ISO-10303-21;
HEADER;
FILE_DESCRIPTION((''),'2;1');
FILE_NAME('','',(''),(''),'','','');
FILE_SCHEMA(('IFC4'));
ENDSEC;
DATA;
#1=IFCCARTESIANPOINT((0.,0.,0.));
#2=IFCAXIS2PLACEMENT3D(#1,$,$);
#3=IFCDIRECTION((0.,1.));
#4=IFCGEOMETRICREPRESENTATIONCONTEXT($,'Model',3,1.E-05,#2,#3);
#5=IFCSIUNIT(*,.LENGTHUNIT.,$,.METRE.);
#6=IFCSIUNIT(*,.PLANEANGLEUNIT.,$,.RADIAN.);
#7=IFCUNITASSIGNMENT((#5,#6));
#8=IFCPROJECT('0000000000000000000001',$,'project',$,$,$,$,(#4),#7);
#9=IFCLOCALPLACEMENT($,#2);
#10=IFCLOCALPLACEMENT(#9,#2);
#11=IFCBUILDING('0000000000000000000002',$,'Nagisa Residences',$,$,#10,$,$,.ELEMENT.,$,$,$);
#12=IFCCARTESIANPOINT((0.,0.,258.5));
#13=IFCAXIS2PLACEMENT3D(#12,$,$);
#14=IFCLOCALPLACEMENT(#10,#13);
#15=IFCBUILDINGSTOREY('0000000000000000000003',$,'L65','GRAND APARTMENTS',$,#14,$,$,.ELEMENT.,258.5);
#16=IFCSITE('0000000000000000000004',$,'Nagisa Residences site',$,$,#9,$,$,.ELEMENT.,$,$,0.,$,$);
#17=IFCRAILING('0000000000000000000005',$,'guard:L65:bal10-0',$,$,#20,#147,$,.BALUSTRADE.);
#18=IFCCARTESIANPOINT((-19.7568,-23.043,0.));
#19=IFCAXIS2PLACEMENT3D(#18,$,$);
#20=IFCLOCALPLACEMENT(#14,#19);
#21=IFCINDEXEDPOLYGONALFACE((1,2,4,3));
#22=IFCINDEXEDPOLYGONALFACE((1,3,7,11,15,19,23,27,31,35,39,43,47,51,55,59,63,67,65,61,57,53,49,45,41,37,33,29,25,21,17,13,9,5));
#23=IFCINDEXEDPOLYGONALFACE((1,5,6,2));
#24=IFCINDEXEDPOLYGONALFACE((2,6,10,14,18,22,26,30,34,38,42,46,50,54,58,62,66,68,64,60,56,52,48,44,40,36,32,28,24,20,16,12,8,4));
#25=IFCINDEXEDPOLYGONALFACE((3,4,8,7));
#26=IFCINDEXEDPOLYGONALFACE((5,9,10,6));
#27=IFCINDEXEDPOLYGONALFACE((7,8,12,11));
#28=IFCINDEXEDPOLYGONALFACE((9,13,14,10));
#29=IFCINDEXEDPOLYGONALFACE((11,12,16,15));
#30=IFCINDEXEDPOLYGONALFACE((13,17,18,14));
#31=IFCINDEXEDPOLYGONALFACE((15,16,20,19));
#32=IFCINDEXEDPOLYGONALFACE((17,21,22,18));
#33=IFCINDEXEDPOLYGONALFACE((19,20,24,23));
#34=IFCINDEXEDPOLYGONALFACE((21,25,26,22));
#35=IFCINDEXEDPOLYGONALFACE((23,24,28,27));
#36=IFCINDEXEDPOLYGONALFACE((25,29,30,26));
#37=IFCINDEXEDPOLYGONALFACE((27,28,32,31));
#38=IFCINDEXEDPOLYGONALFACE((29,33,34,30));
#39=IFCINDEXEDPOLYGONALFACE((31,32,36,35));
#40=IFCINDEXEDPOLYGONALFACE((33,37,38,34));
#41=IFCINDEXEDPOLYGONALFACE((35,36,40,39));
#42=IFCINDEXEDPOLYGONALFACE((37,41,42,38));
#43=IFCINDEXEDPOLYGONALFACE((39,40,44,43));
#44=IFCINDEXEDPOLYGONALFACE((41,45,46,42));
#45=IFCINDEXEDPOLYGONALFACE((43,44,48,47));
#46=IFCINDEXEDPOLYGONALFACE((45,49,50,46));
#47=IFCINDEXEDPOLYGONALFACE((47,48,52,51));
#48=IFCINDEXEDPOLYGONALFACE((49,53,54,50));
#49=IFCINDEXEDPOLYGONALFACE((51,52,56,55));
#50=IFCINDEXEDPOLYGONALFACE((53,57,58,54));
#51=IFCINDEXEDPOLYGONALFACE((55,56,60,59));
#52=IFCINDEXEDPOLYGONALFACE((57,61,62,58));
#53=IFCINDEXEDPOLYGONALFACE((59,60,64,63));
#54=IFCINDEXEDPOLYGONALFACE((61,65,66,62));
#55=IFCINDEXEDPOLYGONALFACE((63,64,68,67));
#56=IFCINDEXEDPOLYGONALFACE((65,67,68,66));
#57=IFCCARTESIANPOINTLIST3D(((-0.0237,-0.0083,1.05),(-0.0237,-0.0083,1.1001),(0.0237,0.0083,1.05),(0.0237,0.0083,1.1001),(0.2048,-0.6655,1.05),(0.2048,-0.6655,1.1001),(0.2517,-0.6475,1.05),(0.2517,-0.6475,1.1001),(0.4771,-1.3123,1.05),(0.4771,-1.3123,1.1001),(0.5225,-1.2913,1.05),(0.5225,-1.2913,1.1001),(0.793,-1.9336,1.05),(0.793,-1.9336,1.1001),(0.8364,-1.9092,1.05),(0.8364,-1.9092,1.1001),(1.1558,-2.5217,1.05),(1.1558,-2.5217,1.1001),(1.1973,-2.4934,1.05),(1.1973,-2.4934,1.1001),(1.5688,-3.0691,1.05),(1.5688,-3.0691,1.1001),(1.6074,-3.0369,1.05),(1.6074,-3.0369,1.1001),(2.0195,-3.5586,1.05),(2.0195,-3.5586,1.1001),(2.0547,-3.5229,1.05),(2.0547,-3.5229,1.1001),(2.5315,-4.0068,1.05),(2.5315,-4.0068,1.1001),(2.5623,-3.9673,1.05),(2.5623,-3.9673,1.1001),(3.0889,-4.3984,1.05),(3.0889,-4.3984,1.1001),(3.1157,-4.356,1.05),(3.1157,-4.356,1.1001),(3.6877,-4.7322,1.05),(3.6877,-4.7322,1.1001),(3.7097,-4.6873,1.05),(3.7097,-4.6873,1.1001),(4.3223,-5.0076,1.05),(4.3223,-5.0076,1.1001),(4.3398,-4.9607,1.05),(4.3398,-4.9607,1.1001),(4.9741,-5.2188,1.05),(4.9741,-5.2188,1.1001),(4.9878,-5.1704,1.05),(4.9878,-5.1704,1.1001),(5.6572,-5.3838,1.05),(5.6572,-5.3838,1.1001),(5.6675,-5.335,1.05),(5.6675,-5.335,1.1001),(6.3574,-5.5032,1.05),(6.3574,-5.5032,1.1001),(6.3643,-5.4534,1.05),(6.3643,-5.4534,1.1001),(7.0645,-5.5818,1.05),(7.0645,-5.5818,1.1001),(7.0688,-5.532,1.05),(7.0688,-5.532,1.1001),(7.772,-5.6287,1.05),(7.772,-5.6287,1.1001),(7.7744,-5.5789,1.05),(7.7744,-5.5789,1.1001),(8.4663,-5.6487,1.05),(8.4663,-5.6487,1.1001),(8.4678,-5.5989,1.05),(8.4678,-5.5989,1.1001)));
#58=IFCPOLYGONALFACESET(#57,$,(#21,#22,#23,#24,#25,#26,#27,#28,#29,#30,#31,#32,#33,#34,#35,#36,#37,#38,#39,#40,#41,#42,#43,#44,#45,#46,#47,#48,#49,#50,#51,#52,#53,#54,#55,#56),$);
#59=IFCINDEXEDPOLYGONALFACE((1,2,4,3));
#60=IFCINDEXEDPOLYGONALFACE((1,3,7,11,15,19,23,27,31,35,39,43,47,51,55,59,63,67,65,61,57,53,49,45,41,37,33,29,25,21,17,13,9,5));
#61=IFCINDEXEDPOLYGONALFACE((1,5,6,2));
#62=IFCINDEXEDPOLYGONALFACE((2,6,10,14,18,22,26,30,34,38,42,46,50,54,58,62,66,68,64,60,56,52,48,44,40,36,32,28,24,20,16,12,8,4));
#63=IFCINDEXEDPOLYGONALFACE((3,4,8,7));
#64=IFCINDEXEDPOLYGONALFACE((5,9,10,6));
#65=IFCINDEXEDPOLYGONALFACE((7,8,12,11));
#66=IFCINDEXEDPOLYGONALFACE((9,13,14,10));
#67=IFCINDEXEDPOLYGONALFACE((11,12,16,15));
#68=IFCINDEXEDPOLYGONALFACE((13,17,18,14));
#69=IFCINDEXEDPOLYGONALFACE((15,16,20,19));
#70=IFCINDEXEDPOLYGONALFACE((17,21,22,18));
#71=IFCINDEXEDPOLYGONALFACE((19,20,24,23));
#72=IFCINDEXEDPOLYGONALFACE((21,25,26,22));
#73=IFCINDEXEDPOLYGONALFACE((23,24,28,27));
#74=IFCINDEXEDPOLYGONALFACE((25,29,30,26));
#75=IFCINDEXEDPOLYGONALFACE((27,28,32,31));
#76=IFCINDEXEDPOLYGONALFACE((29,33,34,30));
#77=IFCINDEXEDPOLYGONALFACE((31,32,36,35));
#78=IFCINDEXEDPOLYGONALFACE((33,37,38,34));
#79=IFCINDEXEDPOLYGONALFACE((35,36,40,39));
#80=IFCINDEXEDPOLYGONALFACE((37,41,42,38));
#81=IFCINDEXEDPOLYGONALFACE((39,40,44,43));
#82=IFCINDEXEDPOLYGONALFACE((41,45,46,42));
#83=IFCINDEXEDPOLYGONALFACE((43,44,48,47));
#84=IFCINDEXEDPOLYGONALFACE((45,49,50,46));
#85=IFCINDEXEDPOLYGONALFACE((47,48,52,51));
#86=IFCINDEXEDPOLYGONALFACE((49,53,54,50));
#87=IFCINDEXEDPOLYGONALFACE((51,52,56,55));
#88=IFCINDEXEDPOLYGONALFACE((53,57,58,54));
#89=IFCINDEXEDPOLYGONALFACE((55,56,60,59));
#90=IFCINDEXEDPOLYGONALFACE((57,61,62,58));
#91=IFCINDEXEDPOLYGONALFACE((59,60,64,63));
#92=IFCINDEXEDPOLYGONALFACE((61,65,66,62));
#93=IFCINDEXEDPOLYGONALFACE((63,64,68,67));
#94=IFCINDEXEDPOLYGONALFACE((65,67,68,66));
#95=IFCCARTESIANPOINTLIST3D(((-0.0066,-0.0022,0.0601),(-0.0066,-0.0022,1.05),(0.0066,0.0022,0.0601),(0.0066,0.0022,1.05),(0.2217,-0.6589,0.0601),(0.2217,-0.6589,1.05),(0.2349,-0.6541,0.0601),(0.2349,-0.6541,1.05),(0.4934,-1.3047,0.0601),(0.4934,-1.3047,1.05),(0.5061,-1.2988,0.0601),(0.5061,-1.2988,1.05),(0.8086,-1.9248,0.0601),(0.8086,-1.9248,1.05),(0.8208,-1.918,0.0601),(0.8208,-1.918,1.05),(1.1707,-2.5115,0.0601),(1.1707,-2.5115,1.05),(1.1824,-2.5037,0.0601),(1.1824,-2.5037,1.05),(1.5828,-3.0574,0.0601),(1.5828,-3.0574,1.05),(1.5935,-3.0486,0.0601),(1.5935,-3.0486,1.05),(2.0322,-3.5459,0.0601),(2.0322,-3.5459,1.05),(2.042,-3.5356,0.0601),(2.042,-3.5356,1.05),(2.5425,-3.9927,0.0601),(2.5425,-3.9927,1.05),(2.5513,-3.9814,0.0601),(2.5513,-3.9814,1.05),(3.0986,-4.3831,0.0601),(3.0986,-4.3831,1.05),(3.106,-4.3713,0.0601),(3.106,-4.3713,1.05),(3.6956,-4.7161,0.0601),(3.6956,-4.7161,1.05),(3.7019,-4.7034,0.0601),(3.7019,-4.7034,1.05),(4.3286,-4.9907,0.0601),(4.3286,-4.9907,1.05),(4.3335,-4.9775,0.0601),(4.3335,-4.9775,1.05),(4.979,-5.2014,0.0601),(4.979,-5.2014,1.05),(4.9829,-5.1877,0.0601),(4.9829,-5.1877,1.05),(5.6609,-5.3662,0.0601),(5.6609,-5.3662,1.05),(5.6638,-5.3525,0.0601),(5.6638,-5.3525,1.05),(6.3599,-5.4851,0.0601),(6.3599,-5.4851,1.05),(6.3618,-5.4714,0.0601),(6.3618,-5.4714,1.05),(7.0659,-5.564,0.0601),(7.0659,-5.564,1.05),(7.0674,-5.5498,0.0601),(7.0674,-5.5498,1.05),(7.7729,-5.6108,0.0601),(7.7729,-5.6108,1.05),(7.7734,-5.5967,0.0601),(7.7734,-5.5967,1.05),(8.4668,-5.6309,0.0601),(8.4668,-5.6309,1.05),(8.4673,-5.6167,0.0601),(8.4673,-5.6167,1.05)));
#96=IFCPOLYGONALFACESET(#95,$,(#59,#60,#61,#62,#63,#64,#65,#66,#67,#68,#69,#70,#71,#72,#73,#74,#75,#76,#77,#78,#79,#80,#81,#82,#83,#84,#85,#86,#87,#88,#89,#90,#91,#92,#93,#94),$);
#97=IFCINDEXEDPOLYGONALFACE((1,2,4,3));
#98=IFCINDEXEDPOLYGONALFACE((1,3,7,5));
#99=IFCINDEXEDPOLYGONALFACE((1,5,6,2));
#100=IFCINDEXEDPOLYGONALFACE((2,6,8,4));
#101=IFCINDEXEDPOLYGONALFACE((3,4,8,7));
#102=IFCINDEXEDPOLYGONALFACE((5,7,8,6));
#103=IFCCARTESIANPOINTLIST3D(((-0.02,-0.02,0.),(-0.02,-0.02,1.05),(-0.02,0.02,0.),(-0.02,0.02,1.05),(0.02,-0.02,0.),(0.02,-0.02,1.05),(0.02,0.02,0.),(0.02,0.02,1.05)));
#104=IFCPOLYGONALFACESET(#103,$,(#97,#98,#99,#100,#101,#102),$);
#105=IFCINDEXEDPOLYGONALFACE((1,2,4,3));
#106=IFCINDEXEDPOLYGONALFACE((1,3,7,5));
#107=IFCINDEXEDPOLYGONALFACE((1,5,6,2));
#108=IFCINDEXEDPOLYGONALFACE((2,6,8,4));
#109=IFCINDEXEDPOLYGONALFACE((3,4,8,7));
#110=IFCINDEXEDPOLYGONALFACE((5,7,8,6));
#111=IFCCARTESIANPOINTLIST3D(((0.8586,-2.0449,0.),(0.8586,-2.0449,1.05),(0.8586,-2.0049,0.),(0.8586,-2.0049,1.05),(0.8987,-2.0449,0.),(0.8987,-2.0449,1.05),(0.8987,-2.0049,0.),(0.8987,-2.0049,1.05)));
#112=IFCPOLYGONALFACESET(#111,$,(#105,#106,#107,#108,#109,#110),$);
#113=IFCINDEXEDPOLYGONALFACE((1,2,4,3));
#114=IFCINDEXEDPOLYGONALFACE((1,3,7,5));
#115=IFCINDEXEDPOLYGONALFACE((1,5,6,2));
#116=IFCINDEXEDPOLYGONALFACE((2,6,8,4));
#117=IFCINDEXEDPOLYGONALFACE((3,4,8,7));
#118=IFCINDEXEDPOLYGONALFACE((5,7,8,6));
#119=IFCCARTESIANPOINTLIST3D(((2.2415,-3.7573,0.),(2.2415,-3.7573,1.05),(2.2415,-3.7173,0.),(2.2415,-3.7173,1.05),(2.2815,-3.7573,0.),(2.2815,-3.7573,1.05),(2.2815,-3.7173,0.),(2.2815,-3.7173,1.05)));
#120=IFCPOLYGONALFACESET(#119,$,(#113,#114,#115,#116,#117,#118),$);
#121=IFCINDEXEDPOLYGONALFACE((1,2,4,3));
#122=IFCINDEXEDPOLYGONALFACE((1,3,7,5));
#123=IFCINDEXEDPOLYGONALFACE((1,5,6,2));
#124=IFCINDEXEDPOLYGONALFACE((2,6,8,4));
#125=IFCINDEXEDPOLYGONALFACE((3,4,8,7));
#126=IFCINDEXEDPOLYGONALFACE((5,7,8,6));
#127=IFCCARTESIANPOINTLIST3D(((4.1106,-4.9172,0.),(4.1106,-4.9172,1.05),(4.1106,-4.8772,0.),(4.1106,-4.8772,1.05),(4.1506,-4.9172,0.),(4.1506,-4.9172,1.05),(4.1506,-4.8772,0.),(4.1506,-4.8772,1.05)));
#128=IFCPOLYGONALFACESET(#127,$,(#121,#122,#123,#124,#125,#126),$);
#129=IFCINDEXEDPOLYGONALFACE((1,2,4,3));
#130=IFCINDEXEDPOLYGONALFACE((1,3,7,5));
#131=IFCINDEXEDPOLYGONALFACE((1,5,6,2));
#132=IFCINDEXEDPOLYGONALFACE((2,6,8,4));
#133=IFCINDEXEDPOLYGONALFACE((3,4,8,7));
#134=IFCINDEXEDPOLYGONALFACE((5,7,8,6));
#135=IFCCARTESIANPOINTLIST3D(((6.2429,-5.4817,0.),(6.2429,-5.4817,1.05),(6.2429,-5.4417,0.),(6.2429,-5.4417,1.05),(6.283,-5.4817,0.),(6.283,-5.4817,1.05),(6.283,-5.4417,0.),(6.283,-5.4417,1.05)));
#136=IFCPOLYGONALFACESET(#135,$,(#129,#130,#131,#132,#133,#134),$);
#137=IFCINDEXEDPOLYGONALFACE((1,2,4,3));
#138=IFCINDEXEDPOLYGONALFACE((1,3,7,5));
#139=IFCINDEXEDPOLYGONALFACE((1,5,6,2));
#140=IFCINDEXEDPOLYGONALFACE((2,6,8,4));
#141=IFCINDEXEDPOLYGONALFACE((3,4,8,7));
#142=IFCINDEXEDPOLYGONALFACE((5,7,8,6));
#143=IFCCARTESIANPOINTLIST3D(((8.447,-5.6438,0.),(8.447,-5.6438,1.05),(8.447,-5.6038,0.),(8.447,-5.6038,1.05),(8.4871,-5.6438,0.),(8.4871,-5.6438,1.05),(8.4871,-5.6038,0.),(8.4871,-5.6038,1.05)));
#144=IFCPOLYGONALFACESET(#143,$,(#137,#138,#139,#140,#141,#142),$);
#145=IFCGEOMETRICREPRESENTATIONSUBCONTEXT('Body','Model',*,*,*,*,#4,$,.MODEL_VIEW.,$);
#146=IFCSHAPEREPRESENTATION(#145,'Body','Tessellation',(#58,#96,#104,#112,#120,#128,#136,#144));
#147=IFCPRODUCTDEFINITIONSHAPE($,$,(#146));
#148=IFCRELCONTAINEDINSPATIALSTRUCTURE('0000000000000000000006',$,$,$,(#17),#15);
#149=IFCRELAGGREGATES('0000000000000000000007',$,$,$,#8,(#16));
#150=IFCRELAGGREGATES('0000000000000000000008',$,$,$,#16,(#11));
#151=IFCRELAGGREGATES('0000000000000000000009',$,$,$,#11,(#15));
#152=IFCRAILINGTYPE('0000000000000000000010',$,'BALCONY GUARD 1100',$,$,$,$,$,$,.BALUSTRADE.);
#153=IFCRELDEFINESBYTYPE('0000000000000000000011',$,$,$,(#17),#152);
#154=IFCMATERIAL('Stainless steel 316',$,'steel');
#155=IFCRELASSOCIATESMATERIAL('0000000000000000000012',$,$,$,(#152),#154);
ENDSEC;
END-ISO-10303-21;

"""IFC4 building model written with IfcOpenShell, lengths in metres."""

from ifc_helpers import new_model, si_unit, direction, frame, origin, origin_2d, place, context, subcontext, project, spatial, polyline, rectangle, outline, extrude, material, type_object, element, save


model = new_model("IFC4")

# Units and contexts
model_context = context("Model", 3, precision=1e-05, world=origin(), true_north=direction((0.0, 1.0)))
body_context = subcontext(model_context, "Body", "Model", "MODEL_VIEW")
ifc_project = project(units=[si_unit("LENGTHUNIT", "METRE"), si_unit("PLANEANGLEUNIT", "RADIAN")], contexts=[model_context])

# Site, building, storey
site_placement = place(None, origin())
site = spatial("IfcSite", under=ifc_project, at=site_placement, Name="Nagisa Residences site", CompositionType="ELEMENT", RefElevation=0.0)
building_placement = place(site_placement, origin())
building = spatial("IfcBuilding", under=site, at=building_placement, Name="Nagisa Residences", CompositionType="ELEMENT")
storey_placement = place(building_placement, frame((0.0, 0.0, 258.5)))
storey = spatial("IfcBuildingStorey", under=building, at=storey_placement, Name="L65", Description="GRAND APARTMENTS", CompositionType="ELEMENT", Elevation=258.5)

# Railing
ifc_material_1 = material(Name="Stainless steel 316", Category="steel")
railing_type = type_object("IfcRailingType", Name="BALCONY GUARD 1100", PredefinedType="BALUSTRADE", material=ifc_material_1)
railing_1_placement = place(storey_placement, frame((-19.7568, -23.043, 0.0)))
element("IfcRailing", 1, at=railing_1_placement, inside=storey, type_object=railing_type, Name="guard:L65:bal10-0", PredefinedType="BALUSTRADE", context=body_context, shape_type="SweptSolid", body=[
    extrude(outline(polyline([(0.2517, -0.6475), (0.0237, 0.0083), (-0.0237, -0.0083), (0.2048, -0.6655), (0.4771, -1.3123), (0.793, -1.9336), (1.1558, -2.5217), (1.5688, -3.0691), (2.0195, -3.5586), (2.5315, -4.0068), (3.0889, -4.3984), (3.6877, -4.7322), (4.3223, -5.0076), (4.9741, -5.2188), (5.6572, -5.3838), (6.3574, -5.5032), (7.0645, -5.5818), (7.772, -5.6287), (8.4663, -5.6487), (8.4678, -5.5989), (7.7744, -5.5789), (7.0688, -5.532), (6.3643, -5.4534), (5.6675, -5.335), (4.9878, -5.1704), (4.3398, -4.9607), (3.7097, -4.6873), (3.1157, -4.356), (2.5623, -3.9673), (2.0547, -3.5229), (1.6074, -3.0369), (1.1973, -2.4934), (0.8364, -1.9092), (0.5225, -1.2913), (0.2517, -0.6475)])), frame((0.0, 0.0, 1.05)), (0.0, 0.0, 1.0), 0.05),
    extrude(outline(polyline([(0.2349, -0.6541), (0.0066, 0.0022), (-0.0066, -0.0022), (0.2217, -0.6589), (0.4934, -1.3047), (0.8086, -1.9248), (1.1707, -2.5115), (1.5828, -3.0574), (2.0322, -3.5459), (2.5425, -3.9927), (3.0986, -4.3831), (3.6956, -4.7161), (4.3286, -4.9907), (4.979, -5.2014), (5.6609, -5.3662), (6.3599, -5.4851), (7.0659, -5.564), (7.7729, -5.6108), (8.4668, -5.6309), (8.4673, -5.6167), (7.7734, -5.5967), (7.0674, -5.5498), (6.3618, -5.4714), (5.6638, -5.3525), (4.9829, -5.1877), (4.3335, -4.9775), (3.7019, -4.7034), (3.106, -4.3713), (2.5513, -3.9814), (2.042, -3.5356), (1.5935, -3.0486), (1.1824, -2.5037), (0.8208, -1.918), (0.5061, -1.2988), (0.2349, -0.6541)])), frame((0.0, 0.0, 0.0601)), (0.0, 0.0, 1.0), 0.99),
    extrude(rectangle(XDim=0.04, YDim=0.04, at=origin_2d()), origin(), (0.0, 0.0, 1.0), 1.05),
    extrude(rectangle(XDim=0.04, YDim=0.04, at=origin_2d()), frame((0.8787, -2.0249, 0.0)), (0.0, 0.0, 1.0), 1.05),
    extrude(rectangle(XDim=0.04, YDim=0.04, at=origin_2d()), frame((2.2615, -3.7373, 0.0)), (0.0, 0.0, 1.0), 1.05),
    extrude(rectangle(XDim=0.04, YDim=0.04, at=origin_2d()), frame((4.1306, -4.8972, 0.0)), (0.0, 0.0, 1.0), 1.05),
    extrude(rectangle(XDim=0.04, YDim=0.04, at=origin_2d()), frame((6.2629, -5.4617, 0.0)), (0.0, 0.0, 1.0), 1.05),
    extrude(rectangle(XDim=0.04, YDim=0.04, at=origin_2d()), frame((8.467, -5.6238, 0.0)), (0.0, 0.0, 1.0), 1.05),
])

save(model, "model.ifc")
